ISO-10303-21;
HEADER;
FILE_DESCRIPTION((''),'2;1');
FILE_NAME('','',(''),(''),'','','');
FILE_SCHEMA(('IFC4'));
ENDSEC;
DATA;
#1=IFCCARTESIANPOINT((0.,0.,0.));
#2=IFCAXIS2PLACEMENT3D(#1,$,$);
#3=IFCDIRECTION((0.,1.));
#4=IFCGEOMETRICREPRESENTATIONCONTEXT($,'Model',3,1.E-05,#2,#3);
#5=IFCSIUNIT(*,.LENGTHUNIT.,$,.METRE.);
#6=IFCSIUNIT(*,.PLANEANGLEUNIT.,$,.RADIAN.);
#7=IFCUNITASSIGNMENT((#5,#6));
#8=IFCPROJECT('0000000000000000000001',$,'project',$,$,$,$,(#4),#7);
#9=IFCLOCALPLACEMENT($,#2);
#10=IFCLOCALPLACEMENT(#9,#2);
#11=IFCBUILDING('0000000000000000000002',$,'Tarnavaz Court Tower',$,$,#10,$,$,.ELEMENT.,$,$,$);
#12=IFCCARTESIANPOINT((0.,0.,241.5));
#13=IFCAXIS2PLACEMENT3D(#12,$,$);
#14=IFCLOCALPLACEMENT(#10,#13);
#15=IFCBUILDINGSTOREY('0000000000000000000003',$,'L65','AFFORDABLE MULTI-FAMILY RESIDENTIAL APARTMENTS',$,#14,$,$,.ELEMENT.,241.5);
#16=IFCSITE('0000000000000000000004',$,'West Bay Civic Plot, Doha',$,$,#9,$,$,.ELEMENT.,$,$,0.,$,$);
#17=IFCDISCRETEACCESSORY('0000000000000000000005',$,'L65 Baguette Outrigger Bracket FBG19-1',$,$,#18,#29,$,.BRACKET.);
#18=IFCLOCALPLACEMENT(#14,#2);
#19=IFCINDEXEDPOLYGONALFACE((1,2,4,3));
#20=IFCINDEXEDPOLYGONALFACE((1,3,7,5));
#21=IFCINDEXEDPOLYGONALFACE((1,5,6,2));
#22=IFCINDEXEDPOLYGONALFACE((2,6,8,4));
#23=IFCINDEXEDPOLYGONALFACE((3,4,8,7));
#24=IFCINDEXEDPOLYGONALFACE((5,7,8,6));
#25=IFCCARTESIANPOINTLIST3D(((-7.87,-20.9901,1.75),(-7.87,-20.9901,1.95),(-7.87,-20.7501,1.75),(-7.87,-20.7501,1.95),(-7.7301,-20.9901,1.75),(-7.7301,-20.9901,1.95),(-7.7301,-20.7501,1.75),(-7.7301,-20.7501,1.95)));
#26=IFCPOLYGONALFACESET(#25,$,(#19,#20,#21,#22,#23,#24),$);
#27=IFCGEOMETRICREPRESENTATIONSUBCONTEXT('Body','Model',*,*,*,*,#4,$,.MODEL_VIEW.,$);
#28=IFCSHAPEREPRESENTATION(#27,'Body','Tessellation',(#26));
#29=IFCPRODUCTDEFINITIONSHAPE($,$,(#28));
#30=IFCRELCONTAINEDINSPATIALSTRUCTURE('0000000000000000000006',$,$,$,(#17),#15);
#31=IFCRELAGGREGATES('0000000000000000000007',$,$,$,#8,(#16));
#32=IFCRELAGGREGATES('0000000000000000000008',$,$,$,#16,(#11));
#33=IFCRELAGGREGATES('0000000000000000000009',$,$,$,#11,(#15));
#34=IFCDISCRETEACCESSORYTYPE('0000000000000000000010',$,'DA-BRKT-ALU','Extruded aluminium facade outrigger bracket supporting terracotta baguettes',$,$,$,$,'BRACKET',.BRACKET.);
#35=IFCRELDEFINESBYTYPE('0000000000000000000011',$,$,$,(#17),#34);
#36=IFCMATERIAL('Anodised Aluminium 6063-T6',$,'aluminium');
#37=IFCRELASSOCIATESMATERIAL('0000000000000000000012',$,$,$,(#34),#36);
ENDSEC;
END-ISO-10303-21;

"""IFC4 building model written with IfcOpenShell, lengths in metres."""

from ifc_helpers import new_model, si_unit, direction, frame, origin, origin_2d, place, context, subcontext, project, spatial, rectangle, extrude, material, type_object, element, save


model = new_model("IFC4")

# Units and contexts
model_context = context("Model", 3, precision=1e-05, world=origin(), true_north=direction((0.0, 1.0)))
body_context = subcontext(model_context, "Body", "Model", "MODEL_VIEW")
ifc_project = project(units=[si_unit("LENGTHUNIT", "METRE"), si_unit("PLANEANGLEUNIT", "RADIAN")], contexts=[model_context])

# Site, building, storey
site_placement = place(None, origin())
site = spatial("IfcSite", under=ifc_project, at=site_placement, Name="West Bay Civic Plot, Doha", CompositionType="ELEMENT", RefElevation=0.0)
building_placement = place(site_placement, origin())
building = spatial("IfcBuilding", under=site, at=building_placement, Name="Tarnavaz Court Tower", CompositionType="ELEMENT")
storey_placement = place(building_placement, frame((0.0, 0.0, 241.5)))
storey = spatial("IfcBuildingStorey", under=building, at=storey_placement, Name="L65", Description="AFFORDABLE MULTI-FAMILY RESIDENTIAL APARTMENTS", CompositionType="ELEMENT", Elevation=241.5)

# Shared definitions
ifc_material_1 = material(Name="Anodised Aluminium 6063-T6", Category="aluminium")

# Discrete accessory
discrete_accessory_type = type_object("IfcDiscreteAccessoryType", Name="DA-BRKT-ALU", Description="Extruded aluminium facade outrigger bracket supporting terracotta baguettes", ElementType="BRACKET", PredefinedType="BRACKET", material=ifc_material_1)
for number, where, z_axis, x_axis, name in (
    (1, (-7.8, -20.8701, 1.75), (0.0, 0.0, 1.0), (-1.0, 0.0, 0.0), "L65 Baguette Outrigger Bracket FBG19-1"),
):
    element("IfcDiscreteAccessory", number, at=place(storey_placement, frame(where, z_axis=z_axis, x_axis=x_axis)), inside=storey, type_object=discrete_accessory_type, Name=name, PredefinedType="BRACKET", context=body_context, shape_type="SweptSolid", body=[
        extrude(rectangle(XDim=0.1399, YDim=0.24, at=origin_2d()), origin(), (0.0, 0.0, 1.0), 0.2),
    ])

save(model, "model.ifc")
